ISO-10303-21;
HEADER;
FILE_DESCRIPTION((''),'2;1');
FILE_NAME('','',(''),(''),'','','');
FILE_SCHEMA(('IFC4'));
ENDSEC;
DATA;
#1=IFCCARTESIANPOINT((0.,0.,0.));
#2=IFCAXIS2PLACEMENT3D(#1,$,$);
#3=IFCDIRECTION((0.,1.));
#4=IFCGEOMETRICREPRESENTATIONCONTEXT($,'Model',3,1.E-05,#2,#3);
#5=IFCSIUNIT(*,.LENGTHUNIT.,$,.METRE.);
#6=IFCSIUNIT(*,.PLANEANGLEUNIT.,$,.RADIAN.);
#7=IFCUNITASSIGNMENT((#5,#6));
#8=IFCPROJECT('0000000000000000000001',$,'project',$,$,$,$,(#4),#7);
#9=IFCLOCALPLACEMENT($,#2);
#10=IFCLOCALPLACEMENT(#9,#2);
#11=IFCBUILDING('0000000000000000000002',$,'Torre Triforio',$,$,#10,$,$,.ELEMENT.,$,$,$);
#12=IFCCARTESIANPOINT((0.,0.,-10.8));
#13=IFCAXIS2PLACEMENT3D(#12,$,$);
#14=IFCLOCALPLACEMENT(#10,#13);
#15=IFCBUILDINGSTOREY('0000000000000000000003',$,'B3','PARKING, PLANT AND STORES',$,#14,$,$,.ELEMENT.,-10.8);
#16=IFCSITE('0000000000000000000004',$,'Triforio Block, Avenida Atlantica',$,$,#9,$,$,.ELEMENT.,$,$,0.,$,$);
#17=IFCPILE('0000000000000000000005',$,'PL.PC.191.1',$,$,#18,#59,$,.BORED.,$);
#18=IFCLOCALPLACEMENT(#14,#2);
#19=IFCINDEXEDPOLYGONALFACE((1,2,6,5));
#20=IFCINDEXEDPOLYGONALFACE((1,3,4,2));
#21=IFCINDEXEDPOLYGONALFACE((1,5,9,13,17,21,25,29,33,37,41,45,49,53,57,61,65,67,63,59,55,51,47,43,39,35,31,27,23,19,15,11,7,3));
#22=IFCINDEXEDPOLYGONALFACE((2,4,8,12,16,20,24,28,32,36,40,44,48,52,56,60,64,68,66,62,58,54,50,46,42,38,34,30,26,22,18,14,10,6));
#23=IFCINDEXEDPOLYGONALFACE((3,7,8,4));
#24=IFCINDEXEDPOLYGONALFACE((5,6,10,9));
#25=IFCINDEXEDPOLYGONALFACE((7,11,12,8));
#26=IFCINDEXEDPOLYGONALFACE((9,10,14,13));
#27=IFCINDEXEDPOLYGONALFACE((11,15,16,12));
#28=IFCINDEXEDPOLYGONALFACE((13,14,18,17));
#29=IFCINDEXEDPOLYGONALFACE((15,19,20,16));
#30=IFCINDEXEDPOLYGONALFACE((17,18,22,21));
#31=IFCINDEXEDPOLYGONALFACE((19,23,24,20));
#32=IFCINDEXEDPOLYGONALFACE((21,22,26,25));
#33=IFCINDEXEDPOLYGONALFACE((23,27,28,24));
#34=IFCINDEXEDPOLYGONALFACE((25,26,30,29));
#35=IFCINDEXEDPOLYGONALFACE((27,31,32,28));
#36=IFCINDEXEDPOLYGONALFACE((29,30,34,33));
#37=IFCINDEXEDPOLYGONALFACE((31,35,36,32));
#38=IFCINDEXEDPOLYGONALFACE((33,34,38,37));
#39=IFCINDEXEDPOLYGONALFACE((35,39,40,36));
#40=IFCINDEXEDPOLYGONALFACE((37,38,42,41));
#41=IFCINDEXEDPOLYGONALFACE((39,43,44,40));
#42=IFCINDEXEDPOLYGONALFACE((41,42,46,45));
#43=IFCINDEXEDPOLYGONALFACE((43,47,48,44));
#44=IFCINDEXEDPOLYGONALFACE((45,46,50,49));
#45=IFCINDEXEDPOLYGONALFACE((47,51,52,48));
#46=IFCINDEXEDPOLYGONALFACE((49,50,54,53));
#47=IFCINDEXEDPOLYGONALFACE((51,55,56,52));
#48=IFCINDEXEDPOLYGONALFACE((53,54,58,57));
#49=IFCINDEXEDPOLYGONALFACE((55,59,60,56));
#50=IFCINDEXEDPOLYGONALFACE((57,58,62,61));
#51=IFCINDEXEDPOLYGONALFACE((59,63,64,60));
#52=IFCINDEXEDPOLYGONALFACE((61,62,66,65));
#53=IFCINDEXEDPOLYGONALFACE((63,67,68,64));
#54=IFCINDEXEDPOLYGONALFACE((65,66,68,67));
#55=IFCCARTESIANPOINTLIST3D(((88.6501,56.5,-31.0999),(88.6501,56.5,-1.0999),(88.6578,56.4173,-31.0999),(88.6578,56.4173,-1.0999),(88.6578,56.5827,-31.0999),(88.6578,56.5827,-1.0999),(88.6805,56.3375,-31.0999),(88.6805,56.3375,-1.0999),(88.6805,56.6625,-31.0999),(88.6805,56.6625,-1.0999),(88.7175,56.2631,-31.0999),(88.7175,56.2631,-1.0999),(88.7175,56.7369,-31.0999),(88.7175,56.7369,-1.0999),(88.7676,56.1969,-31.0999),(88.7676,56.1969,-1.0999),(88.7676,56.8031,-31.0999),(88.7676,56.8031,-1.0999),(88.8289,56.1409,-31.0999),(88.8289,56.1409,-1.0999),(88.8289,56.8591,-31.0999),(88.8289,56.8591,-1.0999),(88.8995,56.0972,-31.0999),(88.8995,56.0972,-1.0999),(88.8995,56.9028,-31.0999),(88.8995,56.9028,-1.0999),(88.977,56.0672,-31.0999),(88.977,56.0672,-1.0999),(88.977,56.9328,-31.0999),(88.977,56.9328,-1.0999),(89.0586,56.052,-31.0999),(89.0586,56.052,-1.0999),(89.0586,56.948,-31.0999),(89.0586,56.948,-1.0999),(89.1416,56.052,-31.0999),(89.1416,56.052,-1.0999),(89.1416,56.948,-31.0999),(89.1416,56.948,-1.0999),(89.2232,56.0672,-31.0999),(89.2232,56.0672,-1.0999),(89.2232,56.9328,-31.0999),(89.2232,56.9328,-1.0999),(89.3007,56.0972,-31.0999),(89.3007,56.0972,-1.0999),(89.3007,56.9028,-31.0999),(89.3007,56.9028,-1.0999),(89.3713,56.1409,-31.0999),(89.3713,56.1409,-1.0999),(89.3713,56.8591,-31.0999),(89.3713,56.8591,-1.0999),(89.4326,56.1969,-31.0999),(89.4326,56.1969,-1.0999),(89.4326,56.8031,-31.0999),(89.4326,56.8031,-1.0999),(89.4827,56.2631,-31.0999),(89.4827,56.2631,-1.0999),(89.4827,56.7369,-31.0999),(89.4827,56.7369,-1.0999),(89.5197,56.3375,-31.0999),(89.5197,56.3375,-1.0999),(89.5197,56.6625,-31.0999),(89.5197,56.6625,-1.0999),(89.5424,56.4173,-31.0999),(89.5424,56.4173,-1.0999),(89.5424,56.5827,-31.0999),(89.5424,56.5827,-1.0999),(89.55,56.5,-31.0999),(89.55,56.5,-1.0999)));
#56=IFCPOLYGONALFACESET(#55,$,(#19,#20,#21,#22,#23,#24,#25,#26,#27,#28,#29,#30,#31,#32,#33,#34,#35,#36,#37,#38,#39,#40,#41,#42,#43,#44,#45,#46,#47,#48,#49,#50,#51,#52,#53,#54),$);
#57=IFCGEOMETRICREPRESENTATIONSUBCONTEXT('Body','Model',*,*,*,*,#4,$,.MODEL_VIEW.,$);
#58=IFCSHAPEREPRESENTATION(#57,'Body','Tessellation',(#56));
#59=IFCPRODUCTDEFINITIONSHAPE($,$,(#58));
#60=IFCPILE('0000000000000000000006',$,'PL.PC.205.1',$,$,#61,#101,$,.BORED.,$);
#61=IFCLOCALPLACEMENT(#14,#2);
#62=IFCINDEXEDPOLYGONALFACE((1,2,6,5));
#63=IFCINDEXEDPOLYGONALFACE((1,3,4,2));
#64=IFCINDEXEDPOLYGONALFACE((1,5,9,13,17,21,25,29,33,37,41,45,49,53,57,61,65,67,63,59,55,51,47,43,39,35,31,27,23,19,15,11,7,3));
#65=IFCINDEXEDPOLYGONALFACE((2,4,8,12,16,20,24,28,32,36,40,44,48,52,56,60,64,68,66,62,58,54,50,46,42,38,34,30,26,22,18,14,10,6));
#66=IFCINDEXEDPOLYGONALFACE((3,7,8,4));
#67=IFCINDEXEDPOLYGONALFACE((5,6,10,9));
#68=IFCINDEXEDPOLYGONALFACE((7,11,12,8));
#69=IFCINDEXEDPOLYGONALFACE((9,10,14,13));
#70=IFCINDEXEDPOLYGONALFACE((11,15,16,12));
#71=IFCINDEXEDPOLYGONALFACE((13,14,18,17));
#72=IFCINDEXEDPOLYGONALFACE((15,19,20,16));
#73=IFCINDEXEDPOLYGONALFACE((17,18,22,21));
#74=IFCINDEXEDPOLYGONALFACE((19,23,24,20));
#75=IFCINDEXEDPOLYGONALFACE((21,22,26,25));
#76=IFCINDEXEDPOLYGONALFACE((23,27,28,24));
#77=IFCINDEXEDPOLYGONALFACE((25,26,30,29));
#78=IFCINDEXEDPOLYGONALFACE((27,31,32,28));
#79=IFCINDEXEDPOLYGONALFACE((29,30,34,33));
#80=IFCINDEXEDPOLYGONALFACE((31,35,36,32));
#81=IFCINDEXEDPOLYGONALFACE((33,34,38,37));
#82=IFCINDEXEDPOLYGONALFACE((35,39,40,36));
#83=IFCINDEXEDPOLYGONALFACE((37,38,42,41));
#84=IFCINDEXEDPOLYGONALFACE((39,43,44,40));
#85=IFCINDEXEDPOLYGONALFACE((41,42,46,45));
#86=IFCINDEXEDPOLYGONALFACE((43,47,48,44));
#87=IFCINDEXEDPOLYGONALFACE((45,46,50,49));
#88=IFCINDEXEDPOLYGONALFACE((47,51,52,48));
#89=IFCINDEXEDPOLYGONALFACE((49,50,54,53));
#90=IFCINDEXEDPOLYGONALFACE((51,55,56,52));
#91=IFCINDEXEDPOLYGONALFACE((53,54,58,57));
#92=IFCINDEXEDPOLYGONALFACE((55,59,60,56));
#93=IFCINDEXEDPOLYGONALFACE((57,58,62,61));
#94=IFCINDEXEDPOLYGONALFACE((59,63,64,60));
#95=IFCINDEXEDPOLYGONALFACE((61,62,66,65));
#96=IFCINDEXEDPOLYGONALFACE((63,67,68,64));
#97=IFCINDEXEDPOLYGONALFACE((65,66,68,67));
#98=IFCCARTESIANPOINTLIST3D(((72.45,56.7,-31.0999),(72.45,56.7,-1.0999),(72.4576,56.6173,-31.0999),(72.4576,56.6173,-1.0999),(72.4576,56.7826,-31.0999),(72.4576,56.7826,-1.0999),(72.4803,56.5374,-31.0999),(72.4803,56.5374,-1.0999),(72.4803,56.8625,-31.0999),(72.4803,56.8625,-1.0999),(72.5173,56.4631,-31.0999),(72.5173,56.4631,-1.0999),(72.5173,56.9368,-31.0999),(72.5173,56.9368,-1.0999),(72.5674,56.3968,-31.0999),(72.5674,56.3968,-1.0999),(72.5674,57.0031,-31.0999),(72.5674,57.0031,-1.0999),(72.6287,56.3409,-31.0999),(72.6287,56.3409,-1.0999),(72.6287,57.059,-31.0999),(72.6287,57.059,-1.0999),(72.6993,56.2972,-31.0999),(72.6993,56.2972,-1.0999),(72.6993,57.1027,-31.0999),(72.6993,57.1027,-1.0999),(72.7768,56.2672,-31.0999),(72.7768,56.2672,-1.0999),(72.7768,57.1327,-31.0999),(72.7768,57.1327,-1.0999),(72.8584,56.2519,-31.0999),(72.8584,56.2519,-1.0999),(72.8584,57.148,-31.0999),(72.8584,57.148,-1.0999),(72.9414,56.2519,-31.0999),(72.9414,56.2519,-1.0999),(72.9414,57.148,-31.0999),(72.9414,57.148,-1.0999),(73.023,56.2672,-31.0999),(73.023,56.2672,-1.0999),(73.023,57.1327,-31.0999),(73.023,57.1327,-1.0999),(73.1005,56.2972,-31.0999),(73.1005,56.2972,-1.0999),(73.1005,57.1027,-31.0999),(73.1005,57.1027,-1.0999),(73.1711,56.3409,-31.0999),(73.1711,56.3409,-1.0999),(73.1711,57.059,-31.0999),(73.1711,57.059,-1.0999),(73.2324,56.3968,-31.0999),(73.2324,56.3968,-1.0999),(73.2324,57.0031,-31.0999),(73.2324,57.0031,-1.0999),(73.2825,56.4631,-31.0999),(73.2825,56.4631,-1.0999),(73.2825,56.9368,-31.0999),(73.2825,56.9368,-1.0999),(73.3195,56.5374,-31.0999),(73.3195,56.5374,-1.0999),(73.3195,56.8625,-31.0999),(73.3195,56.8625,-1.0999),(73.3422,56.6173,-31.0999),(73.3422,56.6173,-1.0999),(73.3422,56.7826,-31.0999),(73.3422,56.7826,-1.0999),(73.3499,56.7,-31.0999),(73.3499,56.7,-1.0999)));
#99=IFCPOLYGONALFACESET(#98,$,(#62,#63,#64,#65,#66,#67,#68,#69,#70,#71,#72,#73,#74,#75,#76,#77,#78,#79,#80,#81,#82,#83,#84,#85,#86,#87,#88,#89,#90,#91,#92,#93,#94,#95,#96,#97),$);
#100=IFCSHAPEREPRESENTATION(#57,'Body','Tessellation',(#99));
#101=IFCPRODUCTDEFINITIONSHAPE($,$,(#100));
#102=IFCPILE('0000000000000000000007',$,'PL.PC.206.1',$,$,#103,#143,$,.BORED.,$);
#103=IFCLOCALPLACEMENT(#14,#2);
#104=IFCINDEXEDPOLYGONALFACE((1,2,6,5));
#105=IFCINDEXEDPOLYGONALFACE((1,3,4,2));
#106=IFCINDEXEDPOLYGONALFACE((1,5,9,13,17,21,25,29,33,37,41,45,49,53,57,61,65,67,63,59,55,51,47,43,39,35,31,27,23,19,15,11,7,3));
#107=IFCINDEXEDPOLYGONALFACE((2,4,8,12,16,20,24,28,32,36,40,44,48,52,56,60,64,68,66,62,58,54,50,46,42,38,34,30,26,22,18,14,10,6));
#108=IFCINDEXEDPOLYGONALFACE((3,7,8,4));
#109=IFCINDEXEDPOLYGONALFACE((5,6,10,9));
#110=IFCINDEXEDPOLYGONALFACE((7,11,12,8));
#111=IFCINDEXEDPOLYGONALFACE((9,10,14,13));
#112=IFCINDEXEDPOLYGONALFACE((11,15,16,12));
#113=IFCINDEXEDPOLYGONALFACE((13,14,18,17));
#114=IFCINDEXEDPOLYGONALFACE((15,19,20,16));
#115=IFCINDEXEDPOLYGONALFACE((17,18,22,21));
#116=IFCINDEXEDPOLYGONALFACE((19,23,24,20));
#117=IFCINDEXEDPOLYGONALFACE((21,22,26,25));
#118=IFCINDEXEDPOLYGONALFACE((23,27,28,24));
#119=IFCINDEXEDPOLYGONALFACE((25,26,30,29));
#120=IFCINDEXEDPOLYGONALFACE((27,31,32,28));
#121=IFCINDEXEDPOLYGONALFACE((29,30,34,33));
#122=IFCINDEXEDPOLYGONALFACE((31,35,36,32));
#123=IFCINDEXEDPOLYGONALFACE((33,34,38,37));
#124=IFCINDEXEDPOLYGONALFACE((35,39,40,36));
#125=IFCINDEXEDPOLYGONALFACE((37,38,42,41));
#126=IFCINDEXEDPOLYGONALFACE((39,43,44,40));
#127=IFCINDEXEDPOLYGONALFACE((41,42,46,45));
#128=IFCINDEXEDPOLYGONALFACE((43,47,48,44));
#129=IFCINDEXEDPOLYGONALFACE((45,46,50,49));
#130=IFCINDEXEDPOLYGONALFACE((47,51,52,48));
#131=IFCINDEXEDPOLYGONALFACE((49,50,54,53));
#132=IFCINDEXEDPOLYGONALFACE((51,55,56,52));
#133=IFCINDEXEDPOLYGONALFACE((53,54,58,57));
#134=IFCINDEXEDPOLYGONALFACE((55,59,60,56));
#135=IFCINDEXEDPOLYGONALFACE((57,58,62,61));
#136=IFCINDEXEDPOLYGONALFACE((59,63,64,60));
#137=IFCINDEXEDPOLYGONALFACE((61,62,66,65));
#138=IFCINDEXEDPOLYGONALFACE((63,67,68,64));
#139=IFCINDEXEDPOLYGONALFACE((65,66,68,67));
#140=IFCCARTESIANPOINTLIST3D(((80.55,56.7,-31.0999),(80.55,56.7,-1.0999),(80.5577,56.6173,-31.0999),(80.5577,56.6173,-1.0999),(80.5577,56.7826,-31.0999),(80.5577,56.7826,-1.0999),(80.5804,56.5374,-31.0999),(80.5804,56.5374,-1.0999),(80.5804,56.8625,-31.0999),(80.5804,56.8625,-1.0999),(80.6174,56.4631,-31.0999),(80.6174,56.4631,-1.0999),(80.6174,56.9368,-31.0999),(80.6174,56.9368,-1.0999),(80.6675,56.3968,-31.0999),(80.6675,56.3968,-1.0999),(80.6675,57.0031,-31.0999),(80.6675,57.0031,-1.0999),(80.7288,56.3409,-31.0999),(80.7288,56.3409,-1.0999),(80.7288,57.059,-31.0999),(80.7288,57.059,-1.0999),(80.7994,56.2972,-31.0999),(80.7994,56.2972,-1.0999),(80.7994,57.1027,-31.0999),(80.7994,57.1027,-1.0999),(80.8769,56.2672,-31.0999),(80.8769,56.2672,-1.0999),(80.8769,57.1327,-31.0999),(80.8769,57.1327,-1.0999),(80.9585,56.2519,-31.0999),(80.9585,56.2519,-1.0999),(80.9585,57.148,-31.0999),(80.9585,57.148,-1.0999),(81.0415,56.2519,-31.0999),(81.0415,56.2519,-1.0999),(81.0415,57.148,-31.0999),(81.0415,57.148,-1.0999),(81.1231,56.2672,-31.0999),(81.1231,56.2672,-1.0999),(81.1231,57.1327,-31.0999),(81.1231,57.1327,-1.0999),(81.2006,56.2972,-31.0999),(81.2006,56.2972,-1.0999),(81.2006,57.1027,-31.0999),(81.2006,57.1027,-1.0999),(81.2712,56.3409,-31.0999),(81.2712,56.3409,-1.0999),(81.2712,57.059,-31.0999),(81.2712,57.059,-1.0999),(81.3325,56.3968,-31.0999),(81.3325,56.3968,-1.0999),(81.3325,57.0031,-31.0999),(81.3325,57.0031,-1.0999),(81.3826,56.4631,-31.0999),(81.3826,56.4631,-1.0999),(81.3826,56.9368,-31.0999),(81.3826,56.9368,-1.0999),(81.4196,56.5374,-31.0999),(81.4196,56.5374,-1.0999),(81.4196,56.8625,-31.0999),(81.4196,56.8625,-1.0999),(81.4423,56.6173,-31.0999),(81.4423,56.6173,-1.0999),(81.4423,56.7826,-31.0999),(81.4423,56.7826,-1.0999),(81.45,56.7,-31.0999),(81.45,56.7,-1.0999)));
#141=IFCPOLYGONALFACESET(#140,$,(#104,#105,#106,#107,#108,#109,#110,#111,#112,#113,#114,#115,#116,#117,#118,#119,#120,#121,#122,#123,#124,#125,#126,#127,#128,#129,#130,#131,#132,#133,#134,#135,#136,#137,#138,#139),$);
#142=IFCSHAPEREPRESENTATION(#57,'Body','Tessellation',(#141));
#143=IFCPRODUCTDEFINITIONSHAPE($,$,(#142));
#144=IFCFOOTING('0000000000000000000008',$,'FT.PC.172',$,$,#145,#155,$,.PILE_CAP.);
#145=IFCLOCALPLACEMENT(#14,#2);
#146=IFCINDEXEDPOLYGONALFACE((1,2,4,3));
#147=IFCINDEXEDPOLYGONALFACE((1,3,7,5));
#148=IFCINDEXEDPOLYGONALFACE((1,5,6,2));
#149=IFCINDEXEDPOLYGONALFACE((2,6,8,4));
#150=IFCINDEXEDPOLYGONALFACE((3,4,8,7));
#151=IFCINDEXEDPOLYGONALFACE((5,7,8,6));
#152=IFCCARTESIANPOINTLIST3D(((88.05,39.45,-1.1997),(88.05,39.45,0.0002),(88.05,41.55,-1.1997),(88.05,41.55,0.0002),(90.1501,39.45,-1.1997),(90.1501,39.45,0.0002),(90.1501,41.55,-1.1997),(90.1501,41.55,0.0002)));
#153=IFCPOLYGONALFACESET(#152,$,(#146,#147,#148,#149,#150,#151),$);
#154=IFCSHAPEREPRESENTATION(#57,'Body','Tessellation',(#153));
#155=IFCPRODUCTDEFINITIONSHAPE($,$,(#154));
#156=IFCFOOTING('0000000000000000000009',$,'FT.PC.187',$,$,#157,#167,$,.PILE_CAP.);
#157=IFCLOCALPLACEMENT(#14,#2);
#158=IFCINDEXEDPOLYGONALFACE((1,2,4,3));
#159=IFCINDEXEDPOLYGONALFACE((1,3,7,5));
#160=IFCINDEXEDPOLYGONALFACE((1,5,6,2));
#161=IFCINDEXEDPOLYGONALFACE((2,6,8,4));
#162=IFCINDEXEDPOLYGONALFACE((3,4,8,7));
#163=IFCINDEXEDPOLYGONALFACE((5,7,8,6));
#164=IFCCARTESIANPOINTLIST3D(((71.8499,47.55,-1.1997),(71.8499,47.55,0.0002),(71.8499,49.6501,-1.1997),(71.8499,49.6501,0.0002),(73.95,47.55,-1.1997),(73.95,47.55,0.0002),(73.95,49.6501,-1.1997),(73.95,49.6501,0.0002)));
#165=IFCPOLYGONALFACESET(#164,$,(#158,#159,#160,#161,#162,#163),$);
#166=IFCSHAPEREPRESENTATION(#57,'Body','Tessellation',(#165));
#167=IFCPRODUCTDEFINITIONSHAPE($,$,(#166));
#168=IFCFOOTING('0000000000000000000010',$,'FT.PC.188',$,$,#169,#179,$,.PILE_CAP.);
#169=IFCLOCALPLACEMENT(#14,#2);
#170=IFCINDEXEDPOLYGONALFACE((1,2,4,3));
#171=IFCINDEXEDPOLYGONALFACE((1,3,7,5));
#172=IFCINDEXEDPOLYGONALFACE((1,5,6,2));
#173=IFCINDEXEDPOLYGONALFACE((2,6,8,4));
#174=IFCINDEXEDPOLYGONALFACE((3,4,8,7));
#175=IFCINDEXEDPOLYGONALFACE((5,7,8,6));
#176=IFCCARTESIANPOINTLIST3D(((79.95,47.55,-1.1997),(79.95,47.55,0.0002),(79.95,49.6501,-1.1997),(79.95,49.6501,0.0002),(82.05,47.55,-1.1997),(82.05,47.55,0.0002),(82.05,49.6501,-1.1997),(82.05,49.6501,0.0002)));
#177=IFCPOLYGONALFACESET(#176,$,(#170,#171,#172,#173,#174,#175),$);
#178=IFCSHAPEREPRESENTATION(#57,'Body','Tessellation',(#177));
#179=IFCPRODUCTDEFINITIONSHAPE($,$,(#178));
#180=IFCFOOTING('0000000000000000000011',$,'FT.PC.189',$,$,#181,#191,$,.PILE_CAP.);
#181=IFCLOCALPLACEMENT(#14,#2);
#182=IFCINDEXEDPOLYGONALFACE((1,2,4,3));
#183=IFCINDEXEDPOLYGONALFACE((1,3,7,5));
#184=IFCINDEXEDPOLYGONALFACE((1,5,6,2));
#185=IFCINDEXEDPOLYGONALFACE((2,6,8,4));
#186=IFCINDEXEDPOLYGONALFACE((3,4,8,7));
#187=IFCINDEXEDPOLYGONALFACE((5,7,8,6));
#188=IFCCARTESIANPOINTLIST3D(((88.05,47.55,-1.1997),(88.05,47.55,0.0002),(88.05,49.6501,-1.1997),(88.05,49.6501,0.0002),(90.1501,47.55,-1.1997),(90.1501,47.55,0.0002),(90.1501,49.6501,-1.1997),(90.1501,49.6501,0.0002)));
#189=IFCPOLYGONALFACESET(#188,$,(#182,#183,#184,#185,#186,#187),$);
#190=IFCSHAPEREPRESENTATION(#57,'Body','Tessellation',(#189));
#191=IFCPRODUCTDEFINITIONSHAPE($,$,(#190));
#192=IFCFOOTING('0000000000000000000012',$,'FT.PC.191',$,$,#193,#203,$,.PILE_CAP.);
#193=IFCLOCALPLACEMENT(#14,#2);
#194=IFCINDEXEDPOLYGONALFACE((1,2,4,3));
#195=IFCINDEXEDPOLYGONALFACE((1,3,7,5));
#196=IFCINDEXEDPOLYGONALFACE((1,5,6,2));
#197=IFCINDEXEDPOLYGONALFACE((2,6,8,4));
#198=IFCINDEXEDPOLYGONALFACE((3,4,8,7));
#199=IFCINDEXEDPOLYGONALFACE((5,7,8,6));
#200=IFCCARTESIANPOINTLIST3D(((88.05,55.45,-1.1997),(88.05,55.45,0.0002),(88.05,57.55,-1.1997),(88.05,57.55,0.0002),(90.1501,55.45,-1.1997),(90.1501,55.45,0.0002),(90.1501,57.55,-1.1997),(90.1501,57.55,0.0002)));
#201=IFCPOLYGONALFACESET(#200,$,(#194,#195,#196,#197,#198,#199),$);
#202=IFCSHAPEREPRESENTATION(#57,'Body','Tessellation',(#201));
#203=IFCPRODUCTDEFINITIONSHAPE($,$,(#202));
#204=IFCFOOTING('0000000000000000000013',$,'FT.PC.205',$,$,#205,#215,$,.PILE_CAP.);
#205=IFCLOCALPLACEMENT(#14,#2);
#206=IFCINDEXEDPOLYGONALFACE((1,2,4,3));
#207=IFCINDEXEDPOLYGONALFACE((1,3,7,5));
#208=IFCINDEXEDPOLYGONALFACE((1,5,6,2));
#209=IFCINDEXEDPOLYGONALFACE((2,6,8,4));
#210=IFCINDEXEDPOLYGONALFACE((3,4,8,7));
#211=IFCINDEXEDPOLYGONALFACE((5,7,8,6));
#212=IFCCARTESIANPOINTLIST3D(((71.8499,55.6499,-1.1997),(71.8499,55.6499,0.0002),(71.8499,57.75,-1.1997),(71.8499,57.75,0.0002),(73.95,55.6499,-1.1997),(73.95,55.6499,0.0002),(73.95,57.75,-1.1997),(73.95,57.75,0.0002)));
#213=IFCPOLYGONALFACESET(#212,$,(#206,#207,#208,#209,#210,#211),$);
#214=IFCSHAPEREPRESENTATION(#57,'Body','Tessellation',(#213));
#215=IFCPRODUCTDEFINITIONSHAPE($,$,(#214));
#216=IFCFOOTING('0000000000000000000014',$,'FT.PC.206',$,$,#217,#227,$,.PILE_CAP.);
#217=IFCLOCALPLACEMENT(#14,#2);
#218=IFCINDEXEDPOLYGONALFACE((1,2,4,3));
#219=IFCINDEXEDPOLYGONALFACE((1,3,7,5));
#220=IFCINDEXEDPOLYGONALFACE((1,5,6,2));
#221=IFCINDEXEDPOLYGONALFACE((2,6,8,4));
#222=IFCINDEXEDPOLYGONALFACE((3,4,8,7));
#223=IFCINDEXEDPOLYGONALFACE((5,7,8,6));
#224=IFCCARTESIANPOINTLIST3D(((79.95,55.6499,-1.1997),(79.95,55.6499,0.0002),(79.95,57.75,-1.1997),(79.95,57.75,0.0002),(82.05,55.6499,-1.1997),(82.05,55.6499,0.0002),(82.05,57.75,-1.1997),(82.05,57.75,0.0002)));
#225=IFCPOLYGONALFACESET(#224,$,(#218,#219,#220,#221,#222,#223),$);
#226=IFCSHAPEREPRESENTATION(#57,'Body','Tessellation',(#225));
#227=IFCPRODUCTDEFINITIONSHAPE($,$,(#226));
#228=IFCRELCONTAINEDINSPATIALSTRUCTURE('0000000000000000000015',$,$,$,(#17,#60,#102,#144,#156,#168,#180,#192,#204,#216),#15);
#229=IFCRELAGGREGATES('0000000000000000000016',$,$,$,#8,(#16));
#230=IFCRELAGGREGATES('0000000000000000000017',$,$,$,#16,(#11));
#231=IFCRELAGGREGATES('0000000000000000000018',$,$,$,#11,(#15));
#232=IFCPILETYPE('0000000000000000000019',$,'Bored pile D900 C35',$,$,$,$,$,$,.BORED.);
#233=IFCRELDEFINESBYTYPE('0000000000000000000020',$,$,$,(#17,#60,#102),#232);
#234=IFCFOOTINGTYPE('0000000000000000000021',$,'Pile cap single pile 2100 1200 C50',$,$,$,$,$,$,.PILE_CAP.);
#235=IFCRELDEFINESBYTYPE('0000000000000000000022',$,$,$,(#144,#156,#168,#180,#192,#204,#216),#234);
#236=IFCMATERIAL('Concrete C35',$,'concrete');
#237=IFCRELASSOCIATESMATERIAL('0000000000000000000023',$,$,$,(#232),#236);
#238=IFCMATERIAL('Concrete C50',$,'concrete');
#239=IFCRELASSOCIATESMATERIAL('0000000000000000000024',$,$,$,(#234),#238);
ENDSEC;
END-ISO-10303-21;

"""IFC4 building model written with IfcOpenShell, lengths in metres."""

from ifc_helpers import new_model, si_unit, direction, frame, origin, origin_2d, place, context, subcontext, project, spatial, rectangle, circle, extrude, material, material_profile, profile_set, type_object, element, save


model = new_model("IFC4")

# Units and contexts
model_context = context("Model", 3, precision=1e-05, world=origin(), true_north=direction((0.0, 1.0)))
body_context = subcontext(model_context, "Body", "Model", "MODEL_VIEW")
ifc_project = project(units=[si_unit("LENGTHUNIT", "METRE"), si_unit("PLANEANGLEUNIT", "RADIAN")], contexts=[model_context])

# Site, building, storey
site_placement = place(None, origin())
site = spatial("IfcSite", under=ifc_project, at=site_placement, Name="Triforio Block, Avenida Atlantica", CompositionType="ELEMENT", RefElevation=0.0)
building_placement = place(site_placement, origin())
building = spatial("IfcBuilding", under=site, at=building_placement, Name="Torre Triforio", CompositionType="ELEMENT")
storey_placement = place(building_placement, frame((0.0, 0.0, -10.8)))
storey = spatial("IfcBuildingStorey", under=building, at=storey_placement, Name="B3", Description="PARKING, PLANT AND STORES", CompositionType="ELEMENT", Elevation=-10.8)

# Piles
ifc_material_1 = material(Name="Concrete C35", Category="concrete")
ifc_material_profile_1 = material_profile(ifc_material_1, circle(Radius=0.45, at=origin_2d()), Name="RC D900")
ifc_profile_set_1 = profile_set([ifc_material_profile_1], Name="Concrete C35")
pile_type = type_object("IfcPileType", Name="Bored pile D900 C35", PredefinedType="BORED", material=ifc_profile_set_1)
for number, where, z_axis, x_axis, name in (
    (1, (89.1001, 56.5, -1.0999), (0.0, 0.0, -1.0), (1.0, 0.0, 0.0), "PL.PC.191.1"),
    (2, (72.8999, 56.7, -1.0999), (0.0, 0.0, -1.0), (1.0, 0.0, 0.0), "PL.PC.205.1"),
    (3, (81.0, 56.7, -1.0999), (0.0, 0.0, -1.0), (1.0, 0.0, 0.0), "PL.PC.206.1"),
):
    element("IfcPile", number, at=place(storey_placement, frame(where, z_axis=z_axis, x_axis=x_axis)), inside=storey, type_object=pile_type, Name=name, PredefinedType="BORED", context=body_context, shape_type="SweptSolid", body=[
        extrude(circle(Radius=0.45, at=origin_2d()), origin(), (0.0, 0.0, 1.0), 30.0),
    ])

# Footings
ifc_material_2 = material(Name="Concrete C50", Category="concrete")
footing_type = type_object("IfcFootingType", Name="Pile cap single pile 2100 1200 C50", PredefinedType="PILE_CAP", material=ifc_material_2)
for number, where, z_axis, x_axis, name in (
    (4, (89.1001, 40.5, -1.1997), (0.0, 0.0, 1.0), (1.0, 0.0, 0.0), "FT.PC.172"),
    (5, (72.8999, 48.6001, -1.1997), (0.0, 0.0, 1.0), (1.0, 0.0, 0.0), "FT.PC.187"),
    (6, (81.0, 48.6001, -1.1997), (0.0, 0.0, 1.0), (1.0, 0.0, 0.0), "FT.PC.188"),
    (7, (89.1001, 48.6001, -1.1997), (0.0, 0.0, 1.0), (1.0, 0.0, 0.0), "FT.PC.189"),
    (8, (89.1001, 56.5, -1.1997), (0.0, 0.0, 1.0), (1.0, 0.0, 0.0), "FT.PC.191"),
    (9, (72.8999, 56.7, -1.1997), (0.0, 0.0, 1.0), (1.0, 0.0, 0.0), "FT.PC.205"),
    (10, (81.0, 56.7, -1.1997), (0.0, 0.0, 1.0), (1.0, 0.0, 0.0), "FT.PC.206"),
):
    element("IfcFooting", number, at=place(storey_placement, frame(where, z_axis=z_axis, x_axis=x_axis)), inside=storey, type_object=footing_type, Name=name, PredefinedType="PILE_CAP", context=body_context, shape_type="SweptSolid", body=[
        extrude(rectangle(XDim=2.1001, YDim=2.1001, at=origin_2d()), origin(), (0.0, 0.0, 1.0), 1.2),
    ])

save(model, "model.ifc")
